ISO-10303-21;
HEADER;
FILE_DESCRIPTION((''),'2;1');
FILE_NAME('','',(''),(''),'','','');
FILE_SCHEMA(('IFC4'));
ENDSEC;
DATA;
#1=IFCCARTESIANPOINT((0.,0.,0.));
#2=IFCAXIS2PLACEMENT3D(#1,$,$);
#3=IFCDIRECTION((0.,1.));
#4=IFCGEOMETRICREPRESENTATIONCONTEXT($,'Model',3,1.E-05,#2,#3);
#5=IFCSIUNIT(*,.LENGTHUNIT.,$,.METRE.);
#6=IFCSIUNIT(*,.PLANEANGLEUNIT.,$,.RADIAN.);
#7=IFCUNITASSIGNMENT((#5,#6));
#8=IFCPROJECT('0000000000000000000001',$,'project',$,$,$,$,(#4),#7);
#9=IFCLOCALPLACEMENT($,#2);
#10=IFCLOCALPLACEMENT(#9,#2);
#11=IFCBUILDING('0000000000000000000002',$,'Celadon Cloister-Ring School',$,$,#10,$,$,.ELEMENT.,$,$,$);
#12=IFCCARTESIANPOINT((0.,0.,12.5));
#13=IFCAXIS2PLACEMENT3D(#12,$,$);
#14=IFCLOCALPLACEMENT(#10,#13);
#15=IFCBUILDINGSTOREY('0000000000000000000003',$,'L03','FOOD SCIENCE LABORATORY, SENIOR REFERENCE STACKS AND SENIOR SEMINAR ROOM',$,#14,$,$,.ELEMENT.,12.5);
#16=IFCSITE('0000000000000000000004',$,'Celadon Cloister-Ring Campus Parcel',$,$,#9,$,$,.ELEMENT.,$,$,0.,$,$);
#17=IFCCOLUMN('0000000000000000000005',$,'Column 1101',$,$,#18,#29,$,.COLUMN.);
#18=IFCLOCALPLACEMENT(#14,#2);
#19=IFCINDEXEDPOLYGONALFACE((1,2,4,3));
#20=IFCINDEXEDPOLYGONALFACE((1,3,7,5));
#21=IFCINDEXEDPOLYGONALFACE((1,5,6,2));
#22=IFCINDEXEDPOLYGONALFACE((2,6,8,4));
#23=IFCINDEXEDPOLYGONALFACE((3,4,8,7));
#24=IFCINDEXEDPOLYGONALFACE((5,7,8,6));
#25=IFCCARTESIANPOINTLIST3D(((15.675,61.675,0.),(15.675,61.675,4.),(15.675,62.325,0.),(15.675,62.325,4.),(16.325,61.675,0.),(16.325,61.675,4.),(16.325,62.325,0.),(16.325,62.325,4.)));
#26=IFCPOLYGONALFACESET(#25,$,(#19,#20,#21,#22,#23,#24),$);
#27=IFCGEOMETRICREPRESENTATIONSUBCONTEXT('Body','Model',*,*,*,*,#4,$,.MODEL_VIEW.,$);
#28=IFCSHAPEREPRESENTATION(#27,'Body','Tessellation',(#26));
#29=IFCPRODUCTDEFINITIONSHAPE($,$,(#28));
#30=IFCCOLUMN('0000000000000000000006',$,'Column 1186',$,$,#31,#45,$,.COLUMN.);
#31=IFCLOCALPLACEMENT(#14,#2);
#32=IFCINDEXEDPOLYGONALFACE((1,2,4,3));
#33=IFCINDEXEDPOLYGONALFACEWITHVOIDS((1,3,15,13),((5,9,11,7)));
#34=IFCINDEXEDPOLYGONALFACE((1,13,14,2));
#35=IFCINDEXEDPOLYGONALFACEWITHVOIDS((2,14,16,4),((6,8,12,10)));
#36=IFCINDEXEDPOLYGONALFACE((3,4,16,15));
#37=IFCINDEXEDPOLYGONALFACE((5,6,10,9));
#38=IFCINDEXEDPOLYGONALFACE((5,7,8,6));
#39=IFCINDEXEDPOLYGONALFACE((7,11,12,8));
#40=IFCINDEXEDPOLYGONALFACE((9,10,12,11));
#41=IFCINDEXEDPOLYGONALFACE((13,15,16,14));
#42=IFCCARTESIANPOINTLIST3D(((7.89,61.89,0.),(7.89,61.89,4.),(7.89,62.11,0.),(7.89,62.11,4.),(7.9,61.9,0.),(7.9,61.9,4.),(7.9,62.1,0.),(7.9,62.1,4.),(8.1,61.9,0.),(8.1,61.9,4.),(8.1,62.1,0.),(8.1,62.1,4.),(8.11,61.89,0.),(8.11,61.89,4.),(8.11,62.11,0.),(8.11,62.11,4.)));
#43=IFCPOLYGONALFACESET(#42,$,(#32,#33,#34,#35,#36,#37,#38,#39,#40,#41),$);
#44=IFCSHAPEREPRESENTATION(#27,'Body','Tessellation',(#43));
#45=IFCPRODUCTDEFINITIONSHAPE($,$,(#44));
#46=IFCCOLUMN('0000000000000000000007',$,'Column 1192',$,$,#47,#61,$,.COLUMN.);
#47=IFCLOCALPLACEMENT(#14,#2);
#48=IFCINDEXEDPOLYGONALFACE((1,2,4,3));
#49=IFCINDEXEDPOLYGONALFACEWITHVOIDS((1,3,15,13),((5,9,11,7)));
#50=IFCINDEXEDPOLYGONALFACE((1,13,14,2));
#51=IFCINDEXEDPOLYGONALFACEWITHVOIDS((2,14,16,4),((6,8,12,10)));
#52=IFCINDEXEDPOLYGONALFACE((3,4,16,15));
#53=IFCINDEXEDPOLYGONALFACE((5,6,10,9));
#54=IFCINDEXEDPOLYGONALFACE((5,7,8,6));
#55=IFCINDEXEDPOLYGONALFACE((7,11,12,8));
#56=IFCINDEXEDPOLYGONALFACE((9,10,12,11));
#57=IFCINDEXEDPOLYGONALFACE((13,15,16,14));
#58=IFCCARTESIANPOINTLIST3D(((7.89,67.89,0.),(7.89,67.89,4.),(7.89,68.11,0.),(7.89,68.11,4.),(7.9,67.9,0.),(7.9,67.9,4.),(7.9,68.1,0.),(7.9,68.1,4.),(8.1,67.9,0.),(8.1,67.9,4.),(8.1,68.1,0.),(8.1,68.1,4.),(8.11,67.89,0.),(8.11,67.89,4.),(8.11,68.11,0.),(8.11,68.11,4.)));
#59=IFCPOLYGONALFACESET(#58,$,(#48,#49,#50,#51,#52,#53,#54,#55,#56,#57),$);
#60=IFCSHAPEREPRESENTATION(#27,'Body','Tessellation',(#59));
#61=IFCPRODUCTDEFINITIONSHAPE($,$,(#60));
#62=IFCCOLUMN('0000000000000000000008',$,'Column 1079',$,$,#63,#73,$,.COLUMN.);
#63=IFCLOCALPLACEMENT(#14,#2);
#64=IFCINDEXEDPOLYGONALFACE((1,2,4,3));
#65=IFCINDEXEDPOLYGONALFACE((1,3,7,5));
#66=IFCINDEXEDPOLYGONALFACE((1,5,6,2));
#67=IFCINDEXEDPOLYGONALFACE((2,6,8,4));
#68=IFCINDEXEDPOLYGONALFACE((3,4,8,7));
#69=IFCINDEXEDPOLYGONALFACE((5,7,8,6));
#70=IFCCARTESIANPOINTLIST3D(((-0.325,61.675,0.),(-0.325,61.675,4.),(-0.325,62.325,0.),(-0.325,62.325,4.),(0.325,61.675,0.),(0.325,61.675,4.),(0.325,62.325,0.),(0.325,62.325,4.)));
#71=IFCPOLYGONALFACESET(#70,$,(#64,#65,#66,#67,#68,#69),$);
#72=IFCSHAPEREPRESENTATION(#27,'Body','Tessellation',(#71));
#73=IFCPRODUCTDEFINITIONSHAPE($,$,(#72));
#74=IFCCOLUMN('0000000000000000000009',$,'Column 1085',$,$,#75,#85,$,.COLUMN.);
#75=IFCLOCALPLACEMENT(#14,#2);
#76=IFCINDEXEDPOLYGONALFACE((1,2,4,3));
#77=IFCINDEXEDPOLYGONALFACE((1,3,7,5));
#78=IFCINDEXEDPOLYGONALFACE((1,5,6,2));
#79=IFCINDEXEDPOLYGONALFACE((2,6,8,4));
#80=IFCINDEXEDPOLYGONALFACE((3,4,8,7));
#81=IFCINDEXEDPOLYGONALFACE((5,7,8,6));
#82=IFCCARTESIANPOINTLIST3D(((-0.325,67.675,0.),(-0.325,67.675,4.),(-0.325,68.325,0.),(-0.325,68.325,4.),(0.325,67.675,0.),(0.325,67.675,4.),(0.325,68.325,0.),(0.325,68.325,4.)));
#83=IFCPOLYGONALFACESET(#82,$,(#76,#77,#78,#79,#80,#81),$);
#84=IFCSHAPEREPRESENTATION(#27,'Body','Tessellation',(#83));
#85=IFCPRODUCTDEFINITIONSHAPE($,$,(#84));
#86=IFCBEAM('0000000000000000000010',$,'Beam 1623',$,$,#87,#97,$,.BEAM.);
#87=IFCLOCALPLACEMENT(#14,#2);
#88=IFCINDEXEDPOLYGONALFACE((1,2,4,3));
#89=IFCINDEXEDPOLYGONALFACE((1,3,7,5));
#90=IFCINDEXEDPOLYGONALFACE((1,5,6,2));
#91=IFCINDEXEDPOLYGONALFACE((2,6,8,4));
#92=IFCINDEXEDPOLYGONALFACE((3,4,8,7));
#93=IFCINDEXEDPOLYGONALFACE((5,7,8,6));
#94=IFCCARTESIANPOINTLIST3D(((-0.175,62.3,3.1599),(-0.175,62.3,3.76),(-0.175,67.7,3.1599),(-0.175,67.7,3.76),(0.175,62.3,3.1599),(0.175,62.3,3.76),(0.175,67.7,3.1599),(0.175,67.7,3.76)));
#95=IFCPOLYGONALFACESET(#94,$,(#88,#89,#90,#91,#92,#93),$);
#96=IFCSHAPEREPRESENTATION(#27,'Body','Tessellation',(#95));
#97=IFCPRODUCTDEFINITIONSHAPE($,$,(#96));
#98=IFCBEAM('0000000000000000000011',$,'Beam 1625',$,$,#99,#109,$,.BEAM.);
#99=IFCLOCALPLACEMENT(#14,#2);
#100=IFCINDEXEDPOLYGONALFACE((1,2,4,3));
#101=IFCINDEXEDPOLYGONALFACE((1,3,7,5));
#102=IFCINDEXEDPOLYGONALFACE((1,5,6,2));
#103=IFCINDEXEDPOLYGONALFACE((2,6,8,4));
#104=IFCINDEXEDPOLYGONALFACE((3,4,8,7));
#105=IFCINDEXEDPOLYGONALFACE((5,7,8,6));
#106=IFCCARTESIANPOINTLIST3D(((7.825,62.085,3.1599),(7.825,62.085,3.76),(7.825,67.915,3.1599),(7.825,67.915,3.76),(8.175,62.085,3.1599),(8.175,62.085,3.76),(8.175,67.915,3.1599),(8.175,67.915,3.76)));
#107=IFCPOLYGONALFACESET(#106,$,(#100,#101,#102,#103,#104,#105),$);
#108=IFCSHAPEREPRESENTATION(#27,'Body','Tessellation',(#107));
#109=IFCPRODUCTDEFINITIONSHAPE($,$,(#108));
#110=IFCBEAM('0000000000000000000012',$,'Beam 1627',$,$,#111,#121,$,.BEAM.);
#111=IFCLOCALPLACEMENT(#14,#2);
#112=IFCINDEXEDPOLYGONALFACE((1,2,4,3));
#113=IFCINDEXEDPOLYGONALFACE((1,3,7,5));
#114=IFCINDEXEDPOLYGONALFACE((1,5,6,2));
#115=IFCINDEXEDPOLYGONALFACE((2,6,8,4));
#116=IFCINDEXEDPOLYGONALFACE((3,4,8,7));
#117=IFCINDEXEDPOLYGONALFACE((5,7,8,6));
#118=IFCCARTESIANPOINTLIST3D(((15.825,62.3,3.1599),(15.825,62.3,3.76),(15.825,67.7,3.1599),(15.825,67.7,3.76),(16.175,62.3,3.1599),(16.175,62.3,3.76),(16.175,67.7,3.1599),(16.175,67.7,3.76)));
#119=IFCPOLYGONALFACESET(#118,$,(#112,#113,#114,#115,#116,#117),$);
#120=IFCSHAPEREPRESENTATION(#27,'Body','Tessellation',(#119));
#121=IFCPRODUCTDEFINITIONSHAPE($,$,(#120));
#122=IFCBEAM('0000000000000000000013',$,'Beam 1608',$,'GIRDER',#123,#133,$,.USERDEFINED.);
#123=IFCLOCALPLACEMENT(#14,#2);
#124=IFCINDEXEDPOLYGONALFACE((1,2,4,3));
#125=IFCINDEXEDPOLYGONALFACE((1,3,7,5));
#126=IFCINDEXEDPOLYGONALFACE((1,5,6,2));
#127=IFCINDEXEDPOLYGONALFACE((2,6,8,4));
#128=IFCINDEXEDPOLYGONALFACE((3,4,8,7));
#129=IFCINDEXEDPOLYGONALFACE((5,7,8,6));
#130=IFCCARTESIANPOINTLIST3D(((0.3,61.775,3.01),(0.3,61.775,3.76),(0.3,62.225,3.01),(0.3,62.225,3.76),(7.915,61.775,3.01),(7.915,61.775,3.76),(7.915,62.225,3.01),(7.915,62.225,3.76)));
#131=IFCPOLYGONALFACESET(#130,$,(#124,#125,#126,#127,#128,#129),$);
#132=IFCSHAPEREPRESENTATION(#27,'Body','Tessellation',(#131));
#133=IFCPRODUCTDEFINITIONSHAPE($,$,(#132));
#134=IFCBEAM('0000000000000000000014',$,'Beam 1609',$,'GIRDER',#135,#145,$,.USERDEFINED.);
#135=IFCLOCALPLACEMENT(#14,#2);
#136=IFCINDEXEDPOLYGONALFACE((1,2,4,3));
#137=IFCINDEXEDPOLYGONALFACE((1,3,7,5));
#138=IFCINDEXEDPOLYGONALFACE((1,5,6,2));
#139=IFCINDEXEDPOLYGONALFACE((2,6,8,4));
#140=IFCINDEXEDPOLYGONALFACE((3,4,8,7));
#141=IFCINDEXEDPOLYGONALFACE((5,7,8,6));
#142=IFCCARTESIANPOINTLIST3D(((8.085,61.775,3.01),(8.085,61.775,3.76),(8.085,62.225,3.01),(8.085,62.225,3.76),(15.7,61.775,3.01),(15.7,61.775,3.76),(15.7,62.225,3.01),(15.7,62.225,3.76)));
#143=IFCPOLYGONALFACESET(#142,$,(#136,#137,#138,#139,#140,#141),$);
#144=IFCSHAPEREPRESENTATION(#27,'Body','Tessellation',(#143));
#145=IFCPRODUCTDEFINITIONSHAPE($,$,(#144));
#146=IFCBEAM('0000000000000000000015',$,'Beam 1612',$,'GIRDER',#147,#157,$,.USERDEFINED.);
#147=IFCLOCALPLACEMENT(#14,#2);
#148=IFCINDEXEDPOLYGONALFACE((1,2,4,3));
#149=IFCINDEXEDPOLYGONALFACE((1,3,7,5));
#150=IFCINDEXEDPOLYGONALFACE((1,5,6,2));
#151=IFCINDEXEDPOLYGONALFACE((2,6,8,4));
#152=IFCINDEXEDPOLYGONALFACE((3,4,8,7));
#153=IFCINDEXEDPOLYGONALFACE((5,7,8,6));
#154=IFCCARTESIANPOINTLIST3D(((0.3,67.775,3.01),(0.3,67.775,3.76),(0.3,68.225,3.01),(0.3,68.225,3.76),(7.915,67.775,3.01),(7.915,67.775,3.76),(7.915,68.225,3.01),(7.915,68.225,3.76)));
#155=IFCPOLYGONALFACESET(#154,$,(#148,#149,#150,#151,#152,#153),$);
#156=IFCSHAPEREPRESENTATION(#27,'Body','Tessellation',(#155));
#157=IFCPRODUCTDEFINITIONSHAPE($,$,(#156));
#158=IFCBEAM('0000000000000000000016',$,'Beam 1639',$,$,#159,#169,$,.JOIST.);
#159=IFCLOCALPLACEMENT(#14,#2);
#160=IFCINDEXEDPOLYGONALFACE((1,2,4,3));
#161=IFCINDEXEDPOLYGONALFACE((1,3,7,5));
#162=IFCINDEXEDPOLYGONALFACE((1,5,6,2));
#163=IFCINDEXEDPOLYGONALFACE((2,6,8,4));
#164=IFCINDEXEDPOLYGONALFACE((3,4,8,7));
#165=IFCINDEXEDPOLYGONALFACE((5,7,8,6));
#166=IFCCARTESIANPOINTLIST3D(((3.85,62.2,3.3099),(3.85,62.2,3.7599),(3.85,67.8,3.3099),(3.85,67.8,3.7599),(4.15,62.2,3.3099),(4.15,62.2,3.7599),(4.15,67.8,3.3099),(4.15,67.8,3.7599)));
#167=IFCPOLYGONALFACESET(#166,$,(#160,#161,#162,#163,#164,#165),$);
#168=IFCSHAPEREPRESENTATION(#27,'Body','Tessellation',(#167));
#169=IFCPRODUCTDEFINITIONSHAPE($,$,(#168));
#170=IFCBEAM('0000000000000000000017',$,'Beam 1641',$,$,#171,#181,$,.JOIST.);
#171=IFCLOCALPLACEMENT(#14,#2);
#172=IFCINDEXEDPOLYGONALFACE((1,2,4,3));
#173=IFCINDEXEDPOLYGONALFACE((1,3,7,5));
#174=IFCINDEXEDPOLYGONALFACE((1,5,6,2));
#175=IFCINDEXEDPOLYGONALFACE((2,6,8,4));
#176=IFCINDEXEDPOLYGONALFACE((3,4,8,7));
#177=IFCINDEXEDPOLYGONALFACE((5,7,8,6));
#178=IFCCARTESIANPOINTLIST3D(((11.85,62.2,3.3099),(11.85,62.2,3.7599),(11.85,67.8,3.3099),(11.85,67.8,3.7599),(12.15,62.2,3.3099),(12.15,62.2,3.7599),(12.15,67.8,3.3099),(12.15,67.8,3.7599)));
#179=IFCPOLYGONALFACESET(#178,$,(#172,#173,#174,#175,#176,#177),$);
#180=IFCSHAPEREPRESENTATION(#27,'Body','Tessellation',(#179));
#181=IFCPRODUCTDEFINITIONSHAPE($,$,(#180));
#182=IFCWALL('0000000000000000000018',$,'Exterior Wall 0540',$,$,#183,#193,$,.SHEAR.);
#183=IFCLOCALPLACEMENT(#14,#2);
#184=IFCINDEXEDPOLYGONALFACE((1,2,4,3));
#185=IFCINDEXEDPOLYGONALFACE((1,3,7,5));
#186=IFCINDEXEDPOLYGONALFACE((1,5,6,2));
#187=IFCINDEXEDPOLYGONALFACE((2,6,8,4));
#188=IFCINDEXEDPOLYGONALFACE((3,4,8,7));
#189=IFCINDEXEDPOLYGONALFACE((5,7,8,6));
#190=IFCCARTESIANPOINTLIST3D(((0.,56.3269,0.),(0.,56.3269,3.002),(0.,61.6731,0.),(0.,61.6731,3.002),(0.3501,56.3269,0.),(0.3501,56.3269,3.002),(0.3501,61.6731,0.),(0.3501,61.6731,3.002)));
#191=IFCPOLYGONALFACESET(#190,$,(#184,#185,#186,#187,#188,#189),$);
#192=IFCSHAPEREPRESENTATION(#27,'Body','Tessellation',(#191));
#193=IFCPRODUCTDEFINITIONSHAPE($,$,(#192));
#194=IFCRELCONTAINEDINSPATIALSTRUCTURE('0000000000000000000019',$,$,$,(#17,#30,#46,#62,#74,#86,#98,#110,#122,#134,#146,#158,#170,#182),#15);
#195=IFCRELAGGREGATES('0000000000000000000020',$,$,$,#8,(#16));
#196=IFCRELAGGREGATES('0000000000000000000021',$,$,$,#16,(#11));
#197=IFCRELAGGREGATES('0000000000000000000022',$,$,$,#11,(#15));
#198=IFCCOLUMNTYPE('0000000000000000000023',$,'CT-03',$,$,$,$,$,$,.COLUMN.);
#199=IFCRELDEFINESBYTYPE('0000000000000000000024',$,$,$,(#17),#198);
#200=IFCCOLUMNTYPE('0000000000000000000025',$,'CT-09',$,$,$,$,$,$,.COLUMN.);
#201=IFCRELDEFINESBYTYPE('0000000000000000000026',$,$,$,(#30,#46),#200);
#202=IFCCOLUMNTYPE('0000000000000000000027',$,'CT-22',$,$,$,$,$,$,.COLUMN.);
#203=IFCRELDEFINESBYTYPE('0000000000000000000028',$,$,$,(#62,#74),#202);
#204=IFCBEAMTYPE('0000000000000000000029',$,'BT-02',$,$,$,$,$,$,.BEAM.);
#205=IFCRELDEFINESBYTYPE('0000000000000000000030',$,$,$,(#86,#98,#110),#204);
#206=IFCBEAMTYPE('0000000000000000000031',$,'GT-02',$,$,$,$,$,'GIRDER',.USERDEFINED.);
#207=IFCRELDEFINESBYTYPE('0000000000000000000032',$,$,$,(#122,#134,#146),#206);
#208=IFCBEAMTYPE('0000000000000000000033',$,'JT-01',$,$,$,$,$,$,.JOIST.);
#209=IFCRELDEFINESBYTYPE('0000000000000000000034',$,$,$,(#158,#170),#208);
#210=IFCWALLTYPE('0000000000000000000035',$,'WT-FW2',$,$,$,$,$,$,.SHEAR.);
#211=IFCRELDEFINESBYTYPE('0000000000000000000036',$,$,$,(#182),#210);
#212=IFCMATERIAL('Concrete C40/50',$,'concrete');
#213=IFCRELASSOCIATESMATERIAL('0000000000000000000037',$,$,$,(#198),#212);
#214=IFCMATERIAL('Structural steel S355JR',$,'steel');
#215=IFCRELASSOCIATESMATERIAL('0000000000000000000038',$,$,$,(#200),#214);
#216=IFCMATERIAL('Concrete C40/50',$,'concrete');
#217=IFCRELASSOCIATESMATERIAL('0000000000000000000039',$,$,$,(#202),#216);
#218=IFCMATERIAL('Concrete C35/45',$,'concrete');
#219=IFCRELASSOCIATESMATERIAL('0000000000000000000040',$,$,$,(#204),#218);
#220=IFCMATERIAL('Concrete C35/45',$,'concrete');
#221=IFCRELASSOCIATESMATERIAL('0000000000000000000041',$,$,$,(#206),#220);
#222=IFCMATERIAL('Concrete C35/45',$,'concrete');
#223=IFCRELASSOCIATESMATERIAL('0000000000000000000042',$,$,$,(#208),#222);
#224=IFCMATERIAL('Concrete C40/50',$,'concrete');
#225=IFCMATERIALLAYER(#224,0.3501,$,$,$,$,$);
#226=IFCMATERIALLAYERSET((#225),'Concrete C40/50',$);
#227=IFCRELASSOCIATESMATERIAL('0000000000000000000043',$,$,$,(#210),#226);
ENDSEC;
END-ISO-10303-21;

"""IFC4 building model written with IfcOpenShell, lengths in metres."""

from ifc_helpers import new_model, si_unit, direction, frame, frame_2d, origin, origin_2d, place, context, subcontext, project, spatial, rectangle, hollow_rectangle, extrude, material, layer, layer_set, material_profile, profile_set, type_object, element, save


model = new_model("IFC4")

# Units and contexts
model_context = context("Model", 3, precision=1e-05, world=origin(), true_north=direction((0.0, 1.0)))
body_context = subcontext(model_context, "Body", "Model", "MODEL_VIEW")
ifc_project = project(units=[si_unit("LENGTHUNIT", "METRE"), si_unit("PLANEANGLEUNIT", "RADIAN")], contexts=[model_context])

# Site, building, storey
site_placement = place(None, origin())
site = spatial("IfcSite", under=ifc_project, at=site_placement, Name="Celadon Cloister-Ring Campus Parcel", CompositionType="ELEMENT", RefElevation=0.0)
building_placement = place(site_placement, origin())
building = spatial("IfcBuilding", under=site, at=building_placement, Name="Celadon Cloister-Ring School", CompositionType="ELEMENT")
storey_placement = place(building_placement, frame((0.0, 0.0, 12.5)))
storey = spatial("IfcBuildingStorey", under=building, at=storey_placement, Name="L03", Description="FOOD SCIENCE LABORATORY, SENIOR REFERENCE STACKS AND SENIOR SEMINAR ROOM", CompositionType="ELEMENT", Elevation=12.5)

# Columns
ifc_material_1 = material(Name="Concrete C40/50", Category="concrete")
ifc_material_profile_1 = material_profile(ifc_material_1, rectangle(XDim=0.6499, YDim=0.6499, at=origin_2d()), Name="RC650X650")
ifc_profile_set_1 = profile_set([ifc_material_profile_1], Name="Concrete C40/50")
column_type_1 = type_object("IfcColumnType", Name="CT-03", PredefinedType="COLUMN", material=ifc_profile_set_1)
column_placement = place(storey_placement, frame((16.0, 62.0, 0.0), z_axis=(0.0, 0.0, 1.0), x_axis=(1.0, 0.0, 0.0)))
element("IfcColumn", 1, at=column_placement, inside=storey, type_object=column_type_1, Name="Column 1101", PredefinedType="COLUMN", context=body_context, shape_type="SweptSolid", body=[
    extrude(rectangle(XDim=0.6499, YDim=0.6499, at=origin_2d()), origin(), (0.0, 0.0, 1.0), 4.0),
])
ifc_material_2 = material(Name="Structural steel S355JR", Category="steel")
ifc_material_profile_2 = material_profile(ifc_material_2, hollow_rectangle(XDim=0.22, YDim=0.22, WallThickness=0.01, at=origin_2d()), Name="HSS220X220X10")
ifc_profile_set_2 = profile_set([ifc_material_profile_2], Name="Structural steel S355JR")
column_type_2 = type_object("IfcColumnType", Name="CT-09", PredefinedType="COLUMN", material=ifc_profile_set_2)
for number, where, z_axis, x_axis, name in (
    (2, (8.0, 62.0, 0.0), (0.0, 0.0, 1.0), (1.0, 0.0, 0.0), "Column 1186"),
    (3, (8.0, 68.0, 0.0), (0.0, 0.0, 1.0), (1.0, 0.0, 0.0), "Column 1192"),
):
    element("IfcColumn", number, at=place(storey_placement, frame(where, z_axis=z_axis, x_axis=x_axis)), inside=storey, type_object=column_type_2, Name=name, PredefinedType="COLUMN", context=body_context, shape_type="SweptSolid", body=[
        extrude(hollow_rectangle(XDim=0.22, YDim=0.22, WallThickness=0.01, at=origin_2d()), origin(), (0.0, 0.0, 1.0), 4.0),
    ])
ifc_material_3 = material(Name="Concrete C40/50", Category="concrete")
ifc_material_profile_3 = material_profile(ifc_material_3, rectangle(XDim=0.6499, YDim=0.6499, at=origin_2d()), Name="RC650X650")
ifc_profile_set_3 = profile_set([ifc_material_profile_3], Name="Concrete C40/50")
column_type_3 = type_object("IfcColumnType", Name="CT-22", PredefinedType="COLUMN", material=ifc_profile_set_3)
for number, where, z_axis, x_axis, name in (
    (4, (0.0, 62.0, 0.0), (0.0, 0.0, 1.0), (1.0, 0.0, 0.0), "Column 1079"),
    (5, (0.0, 68.0, 0.0), (0.0, 0.0, 1.0), (1.0, 0.0, 0.0), "Column 1085"),
):
    element("IfcColumn", number, at=place(storey_placement, frame(where, z_axis=z_axis, x_axis=x_axis)), inside=storey, type_object=column_type_3, Name=name, PredefinedType="COLUMN", context=body_context, shape_type="SweptSolid", body=[
        extrude(rectangle(XDim=0.6499, YDim=0.6499, at=origin_2d()), origin(), (0.0, 0.0, 1.0), 4.0),
    ])

# Beams
ifc_material_4 = material(Name="Concrete C35/45", Category="concrete")
ifc_material_profile_4 = material_profile(ifc_material_4, rectangle(XDim=0.3501, YDim=0.6001, at=origin_2d()), Name="RC350X600")
ifc_profile_set_4 = profile_set([ifc_material_profile_4], Name="Concrete C35/45")
beam_type_1 = type_object("IfcBeamType", Name="BT-02", PredefinedType="BEAM", material=ifc_profile_set_4)
beam_1_placement = place(storey_placement, frame((0.0, 62.3, 3.46), z_axis=(0.0, 1.0, 0.0), x_axis=(-1.0, 0.0, 0.0)))
element("IfcBeam", 6, at=beam_1_placement, inside=storey, type_object=beam_type_1, Name="Beam 1623", PredefinedType="BEAM", context=body_context, shape_type="SweptSolid", body=[
    extrude(rectangle(XDim=0.3501, YDim=0.6001, at=origin_2d()), origin(), (0.0, 0.0, 1.0), 5.3999),
])
beam_2_placement = place(storey_placement, frame((8.0, 62.085, 3.46), z_axis=(0.0, 1.0, 0.0), x_axis=(-1.0, 0.0, 0.0)))
element("IfcBeam", 7, at=beam_2_placement, inside=storey, type_object=beam_type_1, Name="Beam 1625", PredefinedType="BEAM", context=body_context, shape_type="SweptSolid", body=[
    extrude(rectangle(XDim=0.3501, YDim=0.6001, at=origin_2d()), origin(), (0.0, 0.0, 1.0), 5.8301),
])
beam_3_placement = place(storey_placement, frame((16.0, 62.3, 3.46), z_axis=(0.0, 1.0, 0.0), x_axis=(-1.0, 0.0, 0.0)))
element("IfcBeam", 8, at=beam_3_placement, inside=storey, type_object=beam_type_1, Name="Beam 1627", PredefinedType="BEAM", context=body_context, shape_type="SweptSolid", body=[
    extrude(rectangle(XDim=0.3501, YDim=0.6001, at=origin_2d()), origin(), (0.0, 0.0, 1.0), 5.3999),
])
ifc_material_5 = material(Name="Concrete C35/45", Category="concrete")
ifc_material_profile_5 = material_profile(ifc_material_5, rectangle(XDim=0.45, YDim=0.75, at=origin_2d()), Name="RC450X750")
ifc_profile_set_5 = profile_set([ifc_material_profile_5], Name="Concrete C35/45")
beam_type_2 = type_object("IfcBeamType", Name="GT-02", ElementType="GIRDER", PredefinedType="USERDEFINED", material=ifc_profile_set_5)
for number, where, z_axis, x_axis, name in (
    (9, (0.3, 62.0, 3.385), (1.0, 0.0, 0.0), (0.0, 1.0, 0.0), "Beam 1608"),
    (10, (8.085, 62.0, 3.385), (1.0, 0.0, 0.0), (0.0, 1.0, 0.0), "Beam 1609"),
    (11, (0.3, 68.0, 3.385), (1.0, 0.0, 0.0), (0.0, 1.0, 0.0), "Beam 1612"),
):
    element("IfcBeam", number, at=place(storey_placement, frame(where, z_axis=z_axis, x_axis=x_axis)), inside=storey, type_object=beam_type_2, Name=name, ObjectType="GIRDER", PredefinedType="USERDEFINED", context=body_context, shape_type="SweptSolid", body=[
        extrude(rectangle(XDim=0.45, YDim=0.75, at=origin_2d()), origin(), (0.0, 0.0, 1.0), 7.615),
    ])
ifc_material_6 = material(Name="Concrete C35/45", Category="concrete")
ifc_material_profile_6 = material_profile(ifc_material_6, rectangle(XDim=0.3, YDim=0.45, at=origin_2d()), Name="RC300X450")
ifc_profile_set_6 = profile_set([ifc_material_profile_6], Name="Concrete C35/45")
beam_type_3 = type_object("IfcBeamType", Name="JT-01", PredefinedType="JOIST", material=ifc_profile_set_6)
for number, where, z_axis, x_axis, name in (
    (12, (4.0, 62.2, 3.5349), (0.0, 1.0, 0.0), (-1.0, 0.0, 0.0), "Beam 1639"),
    (13, (12.0, 62.2, 3.5349), (0.0, 1.0, 0.0), (-1.0, 0.0, 0.0), "Beam 1641"),
):
    element("IfcBeam", number, at=place(storey_placement, frame(where, z_axis=z_axis, x_axis=x_axis)), inside=storey, type_object=beam_type_3, Name=name, PredefinedType="JOIST", context=body_context, shape_type="SweptSolid", body=[
        extrude(rectangle(XDim=0.3, YDim=0.45, at=origin_2d()), origin(), (0.0, 0.0, 1.0), 5.6001),
    ])

# Wall
ifc_material_7 = material(Name="Concrete C40/50", Category="concrete")
ifc_layer_1 = layer(ifc_material_7, 0.3501)
ifc_layer_set_1 = layer_set([ifc_layer_1], Name="Concrete C40/50")
wall_type_1 = type_object("IfcWallType", Name="WT-FW2", PredefinedType="SHEAR", material=ifc_layer_set_1)
for number, where, z_axis, x_axis, name in (
    (14, (0.175, 56.3269, 0.0), (0.0, 0.0, 1.0), (0.0, 1.0, 0.0), "Exterior Wall 0540"),
):
    element("IfcWall", number, at=place(storey_placement, frame(where, z_axis=z_axis, x_axis=x_axis)), inside=storey, type_object=wall_type_1, Name=name, PredefinedType="SHEAR", context=body_context, shape_type="SweptSolid", body=[
        extrude(rectangle(XDim=5.3462, YDim=0.3501, at=frame_2d((2.6731, 0.0))), origin(), (0.0, 0.0, 1.0), 3.002),
    ])

save(model, "model.ifc")
